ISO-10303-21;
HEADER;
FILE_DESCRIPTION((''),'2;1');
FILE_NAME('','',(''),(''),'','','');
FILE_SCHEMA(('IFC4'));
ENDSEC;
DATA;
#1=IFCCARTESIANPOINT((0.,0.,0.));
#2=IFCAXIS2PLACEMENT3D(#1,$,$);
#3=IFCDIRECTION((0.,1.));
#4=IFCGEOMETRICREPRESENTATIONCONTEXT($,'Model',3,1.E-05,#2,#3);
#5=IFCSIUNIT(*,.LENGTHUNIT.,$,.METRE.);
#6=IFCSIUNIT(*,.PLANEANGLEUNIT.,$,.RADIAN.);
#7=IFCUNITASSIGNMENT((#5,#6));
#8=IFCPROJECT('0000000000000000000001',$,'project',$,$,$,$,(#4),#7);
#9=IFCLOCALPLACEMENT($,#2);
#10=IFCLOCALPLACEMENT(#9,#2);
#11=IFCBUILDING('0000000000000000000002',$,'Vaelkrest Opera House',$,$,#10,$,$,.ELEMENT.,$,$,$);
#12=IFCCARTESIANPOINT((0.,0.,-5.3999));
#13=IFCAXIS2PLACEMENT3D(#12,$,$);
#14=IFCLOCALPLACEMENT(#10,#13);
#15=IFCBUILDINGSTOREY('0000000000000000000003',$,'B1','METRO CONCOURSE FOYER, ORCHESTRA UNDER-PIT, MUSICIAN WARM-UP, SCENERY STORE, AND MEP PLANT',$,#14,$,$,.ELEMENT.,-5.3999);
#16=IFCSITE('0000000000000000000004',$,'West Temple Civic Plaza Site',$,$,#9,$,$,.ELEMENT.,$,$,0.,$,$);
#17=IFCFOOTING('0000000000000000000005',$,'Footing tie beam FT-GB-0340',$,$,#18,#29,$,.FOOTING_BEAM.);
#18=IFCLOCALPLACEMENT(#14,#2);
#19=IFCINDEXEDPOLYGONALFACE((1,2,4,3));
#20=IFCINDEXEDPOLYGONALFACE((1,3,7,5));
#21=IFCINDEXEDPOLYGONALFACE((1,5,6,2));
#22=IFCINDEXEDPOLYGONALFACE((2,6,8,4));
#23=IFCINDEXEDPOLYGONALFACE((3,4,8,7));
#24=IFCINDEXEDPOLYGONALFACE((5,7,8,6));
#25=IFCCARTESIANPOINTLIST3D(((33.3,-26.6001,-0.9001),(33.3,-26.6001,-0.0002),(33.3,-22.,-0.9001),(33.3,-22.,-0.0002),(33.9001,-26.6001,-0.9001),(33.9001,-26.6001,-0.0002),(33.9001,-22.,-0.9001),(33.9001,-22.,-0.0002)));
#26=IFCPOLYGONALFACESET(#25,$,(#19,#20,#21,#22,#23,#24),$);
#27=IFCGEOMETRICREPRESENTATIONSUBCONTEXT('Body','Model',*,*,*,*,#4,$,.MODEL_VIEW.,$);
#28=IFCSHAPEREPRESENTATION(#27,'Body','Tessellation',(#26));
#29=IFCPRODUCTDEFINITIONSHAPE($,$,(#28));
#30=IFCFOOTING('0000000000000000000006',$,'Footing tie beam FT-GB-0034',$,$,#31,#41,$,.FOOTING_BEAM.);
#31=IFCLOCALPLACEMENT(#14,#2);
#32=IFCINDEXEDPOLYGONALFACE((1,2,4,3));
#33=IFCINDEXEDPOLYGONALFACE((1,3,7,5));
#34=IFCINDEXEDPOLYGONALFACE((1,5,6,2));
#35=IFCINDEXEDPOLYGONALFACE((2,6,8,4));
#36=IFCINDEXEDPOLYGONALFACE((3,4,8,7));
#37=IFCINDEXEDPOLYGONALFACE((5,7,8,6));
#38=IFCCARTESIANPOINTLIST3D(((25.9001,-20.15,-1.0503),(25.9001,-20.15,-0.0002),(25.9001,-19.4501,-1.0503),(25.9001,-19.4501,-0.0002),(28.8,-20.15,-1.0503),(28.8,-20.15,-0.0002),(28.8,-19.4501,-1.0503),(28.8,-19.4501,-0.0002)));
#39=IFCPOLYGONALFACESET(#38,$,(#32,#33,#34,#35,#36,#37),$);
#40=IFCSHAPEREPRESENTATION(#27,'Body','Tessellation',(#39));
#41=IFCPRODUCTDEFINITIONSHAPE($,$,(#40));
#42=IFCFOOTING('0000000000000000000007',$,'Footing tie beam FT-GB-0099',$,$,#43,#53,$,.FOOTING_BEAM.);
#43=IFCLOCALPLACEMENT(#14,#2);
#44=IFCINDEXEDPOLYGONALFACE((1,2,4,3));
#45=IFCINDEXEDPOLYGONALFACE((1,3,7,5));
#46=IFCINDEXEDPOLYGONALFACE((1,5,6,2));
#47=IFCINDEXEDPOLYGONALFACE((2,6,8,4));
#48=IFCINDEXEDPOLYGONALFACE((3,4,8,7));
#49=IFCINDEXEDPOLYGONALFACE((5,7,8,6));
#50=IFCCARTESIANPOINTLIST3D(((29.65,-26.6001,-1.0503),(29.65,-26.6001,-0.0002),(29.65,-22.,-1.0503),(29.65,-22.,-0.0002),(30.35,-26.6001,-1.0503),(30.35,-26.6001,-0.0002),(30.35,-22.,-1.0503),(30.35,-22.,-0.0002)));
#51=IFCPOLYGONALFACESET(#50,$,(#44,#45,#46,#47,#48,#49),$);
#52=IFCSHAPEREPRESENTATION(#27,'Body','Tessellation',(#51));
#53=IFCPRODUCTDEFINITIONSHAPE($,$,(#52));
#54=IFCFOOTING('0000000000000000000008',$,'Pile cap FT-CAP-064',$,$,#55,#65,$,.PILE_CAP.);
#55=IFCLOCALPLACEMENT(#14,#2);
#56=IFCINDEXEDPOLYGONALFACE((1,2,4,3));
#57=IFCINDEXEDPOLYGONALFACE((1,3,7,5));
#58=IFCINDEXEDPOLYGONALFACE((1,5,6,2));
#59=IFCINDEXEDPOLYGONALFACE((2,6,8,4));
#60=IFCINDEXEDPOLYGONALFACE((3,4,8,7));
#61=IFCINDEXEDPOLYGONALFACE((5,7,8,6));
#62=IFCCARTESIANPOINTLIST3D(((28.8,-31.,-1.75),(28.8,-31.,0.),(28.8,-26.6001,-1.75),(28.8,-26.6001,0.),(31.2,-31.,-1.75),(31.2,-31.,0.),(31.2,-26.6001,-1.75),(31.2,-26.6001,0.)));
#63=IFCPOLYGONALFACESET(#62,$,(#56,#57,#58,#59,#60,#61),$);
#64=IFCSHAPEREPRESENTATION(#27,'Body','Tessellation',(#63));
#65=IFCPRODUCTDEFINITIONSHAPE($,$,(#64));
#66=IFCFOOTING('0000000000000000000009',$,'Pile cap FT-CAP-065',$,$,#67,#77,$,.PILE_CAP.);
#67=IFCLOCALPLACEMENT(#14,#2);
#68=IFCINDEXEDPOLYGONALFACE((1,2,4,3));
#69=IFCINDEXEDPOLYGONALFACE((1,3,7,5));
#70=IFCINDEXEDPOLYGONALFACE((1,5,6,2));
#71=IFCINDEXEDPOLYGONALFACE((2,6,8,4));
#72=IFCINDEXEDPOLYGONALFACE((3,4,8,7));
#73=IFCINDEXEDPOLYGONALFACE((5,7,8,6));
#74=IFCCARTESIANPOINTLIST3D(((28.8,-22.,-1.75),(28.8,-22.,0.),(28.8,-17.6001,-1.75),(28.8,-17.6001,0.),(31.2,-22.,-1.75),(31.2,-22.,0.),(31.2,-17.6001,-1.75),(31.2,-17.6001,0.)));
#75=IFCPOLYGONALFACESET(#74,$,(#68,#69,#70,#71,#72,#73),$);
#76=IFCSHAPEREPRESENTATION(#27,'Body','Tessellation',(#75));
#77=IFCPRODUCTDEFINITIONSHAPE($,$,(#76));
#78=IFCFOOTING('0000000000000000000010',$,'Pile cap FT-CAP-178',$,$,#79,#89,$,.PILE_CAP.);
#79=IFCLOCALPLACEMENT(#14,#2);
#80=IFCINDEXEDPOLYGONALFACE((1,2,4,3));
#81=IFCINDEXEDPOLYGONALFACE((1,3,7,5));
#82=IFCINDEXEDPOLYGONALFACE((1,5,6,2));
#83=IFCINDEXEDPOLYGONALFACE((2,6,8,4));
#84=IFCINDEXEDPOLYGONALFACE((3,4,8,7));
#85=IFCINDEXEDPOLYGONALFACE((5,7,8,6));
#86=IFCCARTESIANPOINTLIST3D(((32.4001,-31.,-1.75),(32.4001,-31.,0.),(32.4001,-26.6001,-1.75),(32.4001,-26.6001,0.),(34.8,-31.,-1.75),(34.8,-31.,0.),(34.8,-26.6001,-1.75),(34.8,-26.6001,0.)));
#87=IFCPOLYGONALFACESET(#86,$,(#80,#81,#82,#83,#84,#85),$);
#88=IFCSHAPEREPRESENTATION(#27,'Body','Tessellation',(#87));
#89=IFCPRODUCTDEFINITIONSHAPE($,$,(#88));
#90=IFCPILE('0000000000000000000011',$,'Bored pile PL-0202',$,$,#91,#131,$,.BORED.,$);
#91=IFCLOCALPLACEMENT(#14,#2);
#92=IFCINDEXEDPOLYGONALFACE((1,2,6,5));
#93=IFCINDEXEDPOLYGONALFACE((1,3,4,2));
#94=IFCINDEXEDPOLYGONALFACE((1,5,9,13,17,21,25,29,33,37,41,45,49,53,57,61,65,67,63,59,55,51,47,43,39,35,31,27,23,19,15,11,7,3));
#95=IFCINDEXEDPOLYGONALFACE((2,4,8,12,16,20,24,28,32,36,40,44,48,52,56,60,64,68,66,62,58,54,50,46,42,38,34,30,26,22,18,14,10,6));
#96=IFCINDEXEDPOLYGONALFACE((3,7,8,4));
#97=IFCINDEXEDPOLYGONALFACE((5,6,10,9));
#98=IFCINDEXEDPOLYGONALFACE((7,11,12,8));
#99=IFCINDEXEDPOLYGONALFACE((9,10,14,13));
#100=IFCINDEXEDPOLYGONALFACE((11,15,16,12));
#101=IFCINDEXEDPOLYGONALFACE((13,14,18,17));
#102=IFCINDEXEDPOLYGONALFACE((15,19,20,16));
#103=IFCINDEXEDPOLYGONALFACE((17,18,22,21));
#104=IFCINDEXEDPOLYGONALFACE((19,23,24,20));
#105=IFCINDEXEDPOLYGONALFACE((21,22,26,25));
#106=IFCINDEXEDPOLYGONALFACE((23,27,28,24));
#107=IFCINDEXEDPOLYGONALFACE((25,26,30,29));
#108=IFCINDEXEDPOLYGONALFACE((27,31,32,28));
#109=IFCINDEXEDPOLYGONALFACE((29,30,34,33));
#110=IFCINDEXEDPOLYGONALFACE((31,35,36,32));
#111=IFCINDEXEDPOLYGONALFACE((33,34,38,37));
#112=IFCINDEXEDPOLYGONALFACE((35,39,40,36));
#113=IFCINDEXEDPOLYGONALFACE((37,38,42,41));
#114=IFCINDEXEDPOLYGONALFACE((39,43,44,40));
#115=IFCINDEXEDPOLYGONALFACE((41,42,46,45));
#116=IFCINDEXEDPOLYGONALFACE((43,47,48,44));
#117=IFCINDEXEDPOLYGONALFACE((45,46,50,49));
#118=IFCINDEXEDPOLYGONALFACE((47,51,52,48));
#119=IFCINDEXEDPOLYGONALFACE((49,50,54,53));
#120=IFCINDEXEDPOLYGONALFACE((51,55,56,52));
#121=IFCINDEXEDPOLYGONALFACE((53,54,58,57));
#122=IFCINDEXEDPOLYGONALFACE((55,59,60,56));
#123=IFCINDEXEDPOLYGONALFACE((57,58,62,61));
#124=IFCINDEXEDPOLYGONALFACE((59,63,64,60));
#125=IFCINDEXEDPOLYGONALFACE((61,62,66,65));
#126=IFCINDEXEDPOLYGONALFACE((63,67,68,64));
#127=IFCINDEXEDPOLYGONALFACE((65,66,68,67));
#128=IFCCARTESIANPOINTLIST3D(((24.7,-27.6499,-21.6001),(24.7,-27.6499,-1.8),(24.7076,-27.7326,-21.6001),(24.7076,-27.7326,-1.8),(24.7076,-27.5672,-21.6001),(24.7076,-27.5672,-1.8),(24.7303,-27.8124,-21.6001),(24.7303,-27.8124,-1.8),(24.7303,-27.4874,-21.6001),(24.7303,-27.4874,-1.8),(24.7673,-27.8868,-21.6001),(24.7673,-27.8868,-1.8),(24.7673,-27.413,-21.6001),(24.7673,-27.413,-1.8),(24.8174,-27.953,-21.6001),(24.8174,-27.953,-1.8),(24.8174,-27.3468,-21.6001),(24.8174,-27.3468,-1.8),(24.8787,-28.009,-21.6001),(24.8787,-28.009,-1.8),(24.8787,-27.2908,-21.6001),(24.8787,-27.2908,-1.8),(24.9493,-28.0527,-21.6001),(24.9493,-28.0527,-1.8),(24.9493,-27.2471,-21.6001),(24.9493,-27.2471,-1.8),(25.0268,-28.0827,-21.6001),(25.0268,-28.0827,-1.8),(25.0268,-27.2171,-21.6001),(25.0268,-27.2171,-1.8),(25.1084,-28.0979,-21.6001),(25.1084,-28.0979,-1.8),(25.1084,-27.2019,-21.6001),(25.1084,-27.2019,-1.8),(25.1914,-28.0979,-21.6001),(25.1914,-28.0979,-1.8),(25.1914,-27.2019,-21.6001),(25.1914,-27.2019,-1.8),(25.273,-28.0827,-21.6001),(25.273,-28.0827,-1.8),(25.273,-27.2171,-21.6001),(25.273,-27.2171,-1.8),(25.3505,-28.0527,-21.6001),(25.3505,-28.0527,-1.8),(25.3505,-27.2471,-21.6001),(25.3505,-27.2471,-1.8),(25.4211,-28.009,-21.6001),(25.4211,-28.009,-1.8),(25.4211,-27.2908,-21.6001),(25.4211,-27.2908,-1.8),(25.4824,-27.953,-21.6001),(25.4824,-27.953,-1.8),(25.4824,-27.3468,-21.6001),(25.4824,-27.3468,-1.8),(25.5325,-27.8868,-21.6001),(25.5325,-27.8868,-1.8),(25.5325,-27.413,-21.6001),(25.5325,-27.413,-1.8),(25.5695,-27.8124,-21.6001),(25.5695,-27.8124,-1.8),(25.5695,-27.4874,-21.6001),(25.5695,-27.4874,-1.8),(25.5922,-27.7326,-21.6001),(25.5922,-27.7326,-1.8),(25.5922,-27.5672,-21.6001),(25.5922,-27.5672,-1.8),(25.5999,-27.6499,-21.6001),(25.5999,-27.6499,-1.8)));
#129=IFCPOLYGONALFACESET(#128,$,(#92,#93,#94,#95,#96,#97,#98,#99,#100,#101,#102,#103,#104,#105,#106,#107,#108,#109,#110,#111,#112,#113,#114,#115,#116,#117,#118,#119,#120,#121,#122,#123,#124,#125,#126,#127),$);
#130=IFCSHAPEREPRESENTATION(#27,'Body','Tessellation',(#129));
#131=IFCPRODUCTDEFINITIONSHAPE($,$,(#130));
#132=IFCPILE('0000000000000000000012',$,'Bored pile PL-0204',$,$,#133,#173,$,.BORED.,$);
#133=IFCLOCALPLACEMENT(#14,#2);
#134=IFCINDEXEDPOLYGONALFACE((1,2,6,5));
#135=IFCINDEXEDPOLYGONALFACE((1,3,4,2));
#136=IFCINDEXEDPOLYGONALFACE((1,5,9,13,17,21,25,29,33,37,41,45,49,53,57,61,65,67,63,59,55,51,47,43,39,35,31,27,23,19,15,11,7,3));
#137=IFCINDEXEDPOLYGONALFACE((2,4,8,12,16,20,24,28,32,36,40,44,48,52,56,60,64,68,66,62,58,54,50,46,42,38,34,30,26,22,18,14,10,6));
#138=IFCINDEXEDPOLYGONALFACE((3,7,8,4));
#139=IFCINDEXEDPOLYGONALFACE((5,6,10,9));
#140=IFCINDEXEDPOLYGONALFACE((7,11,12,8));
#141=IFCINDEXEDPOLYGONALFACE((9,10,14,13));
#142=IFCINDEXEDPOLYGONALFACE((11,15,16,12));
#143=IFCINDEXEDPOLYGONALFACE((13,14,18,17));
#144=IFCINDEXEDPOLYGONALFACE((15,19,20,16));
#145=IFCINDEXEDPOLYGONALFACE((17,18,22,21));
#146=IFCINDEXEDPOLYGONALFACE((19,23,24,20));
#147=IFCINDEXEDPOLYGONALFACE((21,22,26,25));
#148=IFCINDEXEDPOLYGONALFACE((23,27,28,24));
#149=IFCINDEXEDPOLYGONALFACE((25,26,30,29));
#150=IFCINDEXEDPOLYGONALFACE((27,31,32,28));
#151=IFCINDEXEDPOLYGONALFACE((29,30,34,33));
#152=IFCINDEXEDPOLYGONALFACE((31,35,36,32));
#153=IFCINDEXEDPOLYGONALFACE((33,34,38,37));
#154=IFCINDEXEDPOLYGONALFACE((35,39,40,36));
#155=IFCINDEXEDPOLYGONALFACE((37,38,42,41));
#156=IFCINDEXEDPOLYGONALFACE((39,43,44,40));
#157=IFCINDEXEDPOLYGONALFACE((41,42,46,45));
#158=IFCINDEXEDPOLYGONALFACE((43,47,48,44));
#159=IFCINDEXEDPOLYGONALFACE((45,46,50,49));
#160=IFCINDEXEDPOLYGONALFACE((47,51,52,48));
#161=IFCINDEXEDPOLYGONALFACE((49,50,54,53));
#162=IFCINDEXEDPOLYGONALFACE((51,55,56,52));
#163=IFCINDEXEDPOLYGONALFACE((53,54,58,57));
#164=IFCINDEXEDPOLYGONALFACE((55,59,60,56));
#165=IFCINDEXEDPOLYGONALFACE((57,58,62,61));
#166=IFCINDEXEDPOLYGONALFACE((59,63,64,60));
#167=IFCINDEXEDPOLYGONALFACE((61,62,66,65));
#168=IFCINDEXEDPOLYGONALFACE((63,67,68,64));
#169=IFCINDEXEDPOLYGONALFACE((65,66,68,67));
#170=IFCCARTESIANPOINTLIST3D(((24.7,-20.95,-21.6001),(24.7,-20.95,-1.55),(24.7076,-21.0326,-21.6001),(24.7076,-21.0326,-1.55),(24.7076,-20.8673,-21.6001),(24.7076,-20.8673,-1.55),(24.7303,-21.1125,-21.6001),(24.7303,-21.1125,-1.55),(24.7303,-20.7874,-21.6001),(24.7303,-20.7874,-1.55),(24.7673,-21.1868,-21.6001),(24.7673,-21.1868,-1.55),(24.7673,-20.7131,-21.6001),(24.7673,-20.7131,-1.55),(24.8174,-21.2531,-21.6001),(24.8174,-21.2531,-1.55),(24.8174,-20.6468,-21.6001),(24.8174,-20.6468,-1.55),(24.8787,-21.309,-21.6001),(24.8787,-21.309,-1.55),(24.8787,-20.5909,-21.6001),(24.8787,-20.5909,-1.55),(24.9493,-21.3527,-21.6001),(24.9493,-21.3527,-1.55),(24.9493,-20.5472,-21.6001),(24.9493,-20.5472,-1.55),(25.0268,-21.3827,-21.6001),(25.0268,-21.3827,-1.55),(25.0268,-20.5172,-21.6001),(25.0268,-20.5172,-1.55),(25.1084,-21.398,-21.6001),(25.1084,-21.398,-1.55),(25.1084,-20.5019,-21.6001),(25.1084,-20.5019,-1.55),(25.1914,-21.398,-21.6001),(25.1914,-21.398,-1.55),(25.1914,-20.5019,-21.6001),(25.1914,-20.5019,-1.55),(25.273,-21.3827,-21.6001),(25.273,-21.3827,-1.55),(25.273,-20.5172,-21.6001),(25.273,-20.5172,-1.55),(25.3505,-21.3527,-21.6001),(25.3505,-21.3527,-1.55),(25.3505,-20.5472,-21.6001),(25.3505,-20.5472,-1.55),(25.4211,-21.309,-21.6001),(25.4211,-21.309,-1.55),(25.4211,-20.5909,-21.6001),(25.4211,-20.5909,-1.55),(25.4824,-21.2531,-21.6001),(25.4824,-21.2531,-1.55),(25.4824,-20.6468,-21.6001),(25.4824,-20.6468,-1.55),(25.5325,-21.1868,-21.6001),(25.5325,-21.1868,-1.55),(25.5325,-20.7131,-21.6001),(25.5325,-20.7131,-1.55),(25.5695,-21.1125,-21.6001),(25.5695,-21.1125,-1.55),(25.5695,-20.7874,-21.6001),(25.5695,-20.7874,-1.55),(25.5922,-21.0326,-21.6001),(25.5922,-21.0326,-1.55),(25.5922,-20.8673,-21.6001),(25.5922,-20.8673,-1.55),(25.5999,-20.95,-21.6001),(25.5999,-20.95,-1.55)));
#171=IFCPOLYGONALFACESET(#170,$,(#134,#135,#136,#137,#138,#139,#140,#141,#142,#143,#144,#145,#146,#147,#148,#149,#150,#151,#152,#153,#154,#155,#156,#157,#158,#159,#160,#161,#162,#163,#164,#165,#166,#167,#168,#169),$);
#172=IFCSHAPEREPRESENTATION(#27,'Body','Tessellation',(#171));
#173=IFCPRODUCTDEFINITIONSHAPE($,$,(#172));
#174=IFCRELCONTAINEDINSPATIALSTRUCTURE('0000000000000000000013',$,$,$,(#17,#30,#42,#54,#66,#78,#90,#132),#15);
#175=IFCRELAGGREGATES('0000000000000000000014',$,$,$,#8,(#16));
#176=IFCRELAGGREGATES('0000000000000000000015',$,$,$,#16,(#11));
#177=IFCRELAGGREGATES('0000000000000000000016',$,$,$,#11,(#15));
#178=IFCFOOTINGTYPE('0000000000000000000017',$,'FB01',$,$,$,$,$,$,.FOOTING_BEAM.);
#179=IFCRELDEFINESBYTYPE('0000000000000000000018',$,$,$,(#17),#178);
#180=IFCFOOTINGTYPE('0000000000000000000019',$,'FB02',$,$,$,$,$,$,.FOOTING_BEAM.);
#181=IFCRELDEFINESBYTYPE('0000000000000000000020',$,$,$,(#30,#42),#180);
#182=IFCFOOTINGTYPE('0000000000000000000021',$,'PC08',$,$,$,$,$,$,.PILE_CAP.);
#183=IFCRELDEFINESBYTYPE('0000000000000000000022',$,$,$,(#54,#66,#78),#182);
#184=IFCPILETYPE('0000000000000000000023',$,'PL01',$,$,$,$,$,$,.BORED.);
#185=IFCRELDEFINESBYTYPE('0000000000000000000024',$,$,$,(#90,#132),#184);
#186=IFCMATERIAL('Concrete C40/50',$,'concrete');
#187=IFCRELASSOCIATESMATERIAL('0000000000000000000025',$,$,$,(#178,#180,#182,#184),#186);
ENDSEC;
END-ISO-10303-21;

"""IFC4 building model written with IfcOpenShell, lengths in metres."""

from ifc_helpers import new_model, si_unit, direction, frame, origin, origin_2d, place, context, subcontext, project, spatial, rectangle, circle, extrude, material, material_profile, profile_set, type_object, element, save


model = new_model("IFC4")

# Units and contexts
model_context = context("Model", 3, precision=1e-05, world=origin(), true_north=direction((0.0, 1.0)))
body_context = subcontext(model_context, "Body", "Model", "MODEL_VIEW")
ifc_project = project(units=[si_unit("LENGTHUNIT", "METRE"), si_unit("PLANEANGLEUNIT", "RADIAN")], contexts=[model_context])

# Site, building, storey
site_placement = place(None, origin())
site = spatial("IfcSite", under=ifc_project, at=site_placement, Name="West Temple Civic Plaza Site", CompositionType="ELEMENT", RefElevation=0.0)
building_placement = place(site_placement, origin())
building = spatial("IfcBuilding", under=site, at=building_placement, Name="Vaelkrest Opera House", CompositionType="ELEMENT")
storey_placement = place(building_placement, frame((0.0, 0.0, -5.3999)))
storey = spatial("IfcBuildingStorey", under=building, at=storey_placement, Name="B1", Description="METRO CONCOURSE FOYER, ORCHESTRA UNDER-PIT, MUSICIAN WARM-UP, SCENERY STORE, AND MEP PLANT", CompositionType="ELEMENT", Elevation=-5.3999)

# Footings
ifc_material_1 = material(Name="Concrete C40/50", Category="concrete")
footing_type_1 = type_object("IfcFootingType", Name="FB01", PredefinedType="FOOTING_BEAM", material=ifc_material_1)
footing_1_placement = place(storey_placement, frame((33.6001, -24.3, -0.9001), z_axis=(0.0, 0.0, 1.0), x_axis=(0.0, 1.0, 0.0)))
element("IfcFooting", 1, at=footing_1_placement, inside=storey, type_object=footing_type_1, Name="Footing tie beam FT-GB-0340", PredefinedType="FOOTING_BEAM", context=body_context, shape_type="SweptSolid", body=[
    extrude(rectangle(XDim=4.6001, YDim=0.6001, at=origin_2d()), origin(), (0.0, 0.0, 1.0), 0.8999),
])
footing_type_2 = type_object("IfcFootingType", Name="FB02", PredefinedType="FOOTING_BEAM", material=ifc_material_1)
footing_2_placement = place(storey_placement, frame((27.3501, -19.8, -1.0503), z_axis=(0.0, 0.0, 1.0), x_axis=(1.0, 0.0, 0.0)))
element("IfcFooting", 2, at=footing_2_placement, inside=storey, type_object=footing_type_2, Name="Footing tie beam FT-GB-0034", PredefinedType="FOOTING_BEAM", context=body_context, shape_type="SweptSolid", body=[
    extrude(rectangle(XDim=2.8999, YDim=0.7, at=origin_2d()), origin(), (0.0, 0.0, 1.0), 1.05),
])
footing_3_placement = place(storey_placement, frame((30.0, -24.3, -1.0503), z_axis=(0.0, 0.0, 1.0), x_axis=(0.0, 1.0, 0.0)))
element("IfcFooting", 3, at=footing_3_placement, inside=storey, type_object=footing_type_2, Name="Footing tie beam FT-GB-0099", PredefinedType="FOOTING_BEAM", context=body_context, shape_type="SweptSolid", body=[
    extrude(rectangle(XDim=4.6001, YDim=0.7, at=origin_2d()), origin(), (0.0, 0.0, 1.0), 1.05),
])
footing_type_3 = type_object("IfcFootingType", Name="PC08", PredefinedType="PILE_CAP", material=ifc_material_1)
for number, where, z_axis, x_axis, name in (
    (4, (30.0, -28.8, -1.75), (0.0, 0.0, 1.0), (1.0, 0.0, 0.0), "Pile cap FT-CAP-064"),
    (5, (30.0, -19.8, -1.75), (0.0, 0.0, 1.0), (1.0, 0.0, 0.0), "Pile cap FT-CAP-065"),
    (6, (33.6001, -28.8, -1.75), (0.0, 0.0, 1.0), (1.0, 0.0, 0.0), "Pile cap FT-CAP-178"),
):
    element("IfcFooting", number, at=place(storey_placement, frame(where, z_axis=z_axis, x_axis=x_axis)), inside=storey, type_object=footing_type_3, Name=name, PredefinedType="PILE_CAP", context=body_context, shape_type="SweptSolid", body=[
        extrude(rectangle(XDim=2.3999, YDim=4.3999, at=origin_2d()), origin(), (0.0, 0.0, 1.0), 1.75),
    ])

# Piles
ifc_material_profile_1 = material_profile(ifc_material_1, circle(Radius=0.45, at=origin_2d()), Name="PILE900")
ifc_profile_set_1 = profile_set([ifc_material_profile_1], Name="Concrete C40/50")
pile_type = type_object("IfcPileType", Name="PL01", PredefinedType="BORED", material=ifc_profile_set_1)
pile_1_placement = place(storey_placement, frame((25.1499, -27.6499, -1.8), z_axis=(0.0, 0.0, -1.0), x_axis=(1.0, 0.0, 0.0)))
element("IfcPile", 7, at=pile_1_placement, inside=storey, type_object=pile_type, Name="Bored pile PL-0202", PredefinedType="BORED", context=body_context, shape_type="SweptSolid", body=[
    extrude(circle(Radius=0.45, at=origin_2d()), origin(), (0.0, 0.0, 1.0), 19.8),
])
pile_2_placement = place(storey_placement, frame((25.1499, -20.95, -1.55), z_axis=(0.0, 0.0, -1.0), x_axis=(1.0, 0.0, 0.0)))
element("IfcPile", 8, at=pile_2_placement, inside=storey, type_object=pile_type, Name="Bored pile PL-0204", PredefinedType="BORED", context=body_context, shape_type="SweptSolid", body=[
    extrude(circle(Radius=0.45, at=origin_2d()), origin(), (0.0, 0.0, 1.0), 20.05),
])

save(model, "model.ifc")
